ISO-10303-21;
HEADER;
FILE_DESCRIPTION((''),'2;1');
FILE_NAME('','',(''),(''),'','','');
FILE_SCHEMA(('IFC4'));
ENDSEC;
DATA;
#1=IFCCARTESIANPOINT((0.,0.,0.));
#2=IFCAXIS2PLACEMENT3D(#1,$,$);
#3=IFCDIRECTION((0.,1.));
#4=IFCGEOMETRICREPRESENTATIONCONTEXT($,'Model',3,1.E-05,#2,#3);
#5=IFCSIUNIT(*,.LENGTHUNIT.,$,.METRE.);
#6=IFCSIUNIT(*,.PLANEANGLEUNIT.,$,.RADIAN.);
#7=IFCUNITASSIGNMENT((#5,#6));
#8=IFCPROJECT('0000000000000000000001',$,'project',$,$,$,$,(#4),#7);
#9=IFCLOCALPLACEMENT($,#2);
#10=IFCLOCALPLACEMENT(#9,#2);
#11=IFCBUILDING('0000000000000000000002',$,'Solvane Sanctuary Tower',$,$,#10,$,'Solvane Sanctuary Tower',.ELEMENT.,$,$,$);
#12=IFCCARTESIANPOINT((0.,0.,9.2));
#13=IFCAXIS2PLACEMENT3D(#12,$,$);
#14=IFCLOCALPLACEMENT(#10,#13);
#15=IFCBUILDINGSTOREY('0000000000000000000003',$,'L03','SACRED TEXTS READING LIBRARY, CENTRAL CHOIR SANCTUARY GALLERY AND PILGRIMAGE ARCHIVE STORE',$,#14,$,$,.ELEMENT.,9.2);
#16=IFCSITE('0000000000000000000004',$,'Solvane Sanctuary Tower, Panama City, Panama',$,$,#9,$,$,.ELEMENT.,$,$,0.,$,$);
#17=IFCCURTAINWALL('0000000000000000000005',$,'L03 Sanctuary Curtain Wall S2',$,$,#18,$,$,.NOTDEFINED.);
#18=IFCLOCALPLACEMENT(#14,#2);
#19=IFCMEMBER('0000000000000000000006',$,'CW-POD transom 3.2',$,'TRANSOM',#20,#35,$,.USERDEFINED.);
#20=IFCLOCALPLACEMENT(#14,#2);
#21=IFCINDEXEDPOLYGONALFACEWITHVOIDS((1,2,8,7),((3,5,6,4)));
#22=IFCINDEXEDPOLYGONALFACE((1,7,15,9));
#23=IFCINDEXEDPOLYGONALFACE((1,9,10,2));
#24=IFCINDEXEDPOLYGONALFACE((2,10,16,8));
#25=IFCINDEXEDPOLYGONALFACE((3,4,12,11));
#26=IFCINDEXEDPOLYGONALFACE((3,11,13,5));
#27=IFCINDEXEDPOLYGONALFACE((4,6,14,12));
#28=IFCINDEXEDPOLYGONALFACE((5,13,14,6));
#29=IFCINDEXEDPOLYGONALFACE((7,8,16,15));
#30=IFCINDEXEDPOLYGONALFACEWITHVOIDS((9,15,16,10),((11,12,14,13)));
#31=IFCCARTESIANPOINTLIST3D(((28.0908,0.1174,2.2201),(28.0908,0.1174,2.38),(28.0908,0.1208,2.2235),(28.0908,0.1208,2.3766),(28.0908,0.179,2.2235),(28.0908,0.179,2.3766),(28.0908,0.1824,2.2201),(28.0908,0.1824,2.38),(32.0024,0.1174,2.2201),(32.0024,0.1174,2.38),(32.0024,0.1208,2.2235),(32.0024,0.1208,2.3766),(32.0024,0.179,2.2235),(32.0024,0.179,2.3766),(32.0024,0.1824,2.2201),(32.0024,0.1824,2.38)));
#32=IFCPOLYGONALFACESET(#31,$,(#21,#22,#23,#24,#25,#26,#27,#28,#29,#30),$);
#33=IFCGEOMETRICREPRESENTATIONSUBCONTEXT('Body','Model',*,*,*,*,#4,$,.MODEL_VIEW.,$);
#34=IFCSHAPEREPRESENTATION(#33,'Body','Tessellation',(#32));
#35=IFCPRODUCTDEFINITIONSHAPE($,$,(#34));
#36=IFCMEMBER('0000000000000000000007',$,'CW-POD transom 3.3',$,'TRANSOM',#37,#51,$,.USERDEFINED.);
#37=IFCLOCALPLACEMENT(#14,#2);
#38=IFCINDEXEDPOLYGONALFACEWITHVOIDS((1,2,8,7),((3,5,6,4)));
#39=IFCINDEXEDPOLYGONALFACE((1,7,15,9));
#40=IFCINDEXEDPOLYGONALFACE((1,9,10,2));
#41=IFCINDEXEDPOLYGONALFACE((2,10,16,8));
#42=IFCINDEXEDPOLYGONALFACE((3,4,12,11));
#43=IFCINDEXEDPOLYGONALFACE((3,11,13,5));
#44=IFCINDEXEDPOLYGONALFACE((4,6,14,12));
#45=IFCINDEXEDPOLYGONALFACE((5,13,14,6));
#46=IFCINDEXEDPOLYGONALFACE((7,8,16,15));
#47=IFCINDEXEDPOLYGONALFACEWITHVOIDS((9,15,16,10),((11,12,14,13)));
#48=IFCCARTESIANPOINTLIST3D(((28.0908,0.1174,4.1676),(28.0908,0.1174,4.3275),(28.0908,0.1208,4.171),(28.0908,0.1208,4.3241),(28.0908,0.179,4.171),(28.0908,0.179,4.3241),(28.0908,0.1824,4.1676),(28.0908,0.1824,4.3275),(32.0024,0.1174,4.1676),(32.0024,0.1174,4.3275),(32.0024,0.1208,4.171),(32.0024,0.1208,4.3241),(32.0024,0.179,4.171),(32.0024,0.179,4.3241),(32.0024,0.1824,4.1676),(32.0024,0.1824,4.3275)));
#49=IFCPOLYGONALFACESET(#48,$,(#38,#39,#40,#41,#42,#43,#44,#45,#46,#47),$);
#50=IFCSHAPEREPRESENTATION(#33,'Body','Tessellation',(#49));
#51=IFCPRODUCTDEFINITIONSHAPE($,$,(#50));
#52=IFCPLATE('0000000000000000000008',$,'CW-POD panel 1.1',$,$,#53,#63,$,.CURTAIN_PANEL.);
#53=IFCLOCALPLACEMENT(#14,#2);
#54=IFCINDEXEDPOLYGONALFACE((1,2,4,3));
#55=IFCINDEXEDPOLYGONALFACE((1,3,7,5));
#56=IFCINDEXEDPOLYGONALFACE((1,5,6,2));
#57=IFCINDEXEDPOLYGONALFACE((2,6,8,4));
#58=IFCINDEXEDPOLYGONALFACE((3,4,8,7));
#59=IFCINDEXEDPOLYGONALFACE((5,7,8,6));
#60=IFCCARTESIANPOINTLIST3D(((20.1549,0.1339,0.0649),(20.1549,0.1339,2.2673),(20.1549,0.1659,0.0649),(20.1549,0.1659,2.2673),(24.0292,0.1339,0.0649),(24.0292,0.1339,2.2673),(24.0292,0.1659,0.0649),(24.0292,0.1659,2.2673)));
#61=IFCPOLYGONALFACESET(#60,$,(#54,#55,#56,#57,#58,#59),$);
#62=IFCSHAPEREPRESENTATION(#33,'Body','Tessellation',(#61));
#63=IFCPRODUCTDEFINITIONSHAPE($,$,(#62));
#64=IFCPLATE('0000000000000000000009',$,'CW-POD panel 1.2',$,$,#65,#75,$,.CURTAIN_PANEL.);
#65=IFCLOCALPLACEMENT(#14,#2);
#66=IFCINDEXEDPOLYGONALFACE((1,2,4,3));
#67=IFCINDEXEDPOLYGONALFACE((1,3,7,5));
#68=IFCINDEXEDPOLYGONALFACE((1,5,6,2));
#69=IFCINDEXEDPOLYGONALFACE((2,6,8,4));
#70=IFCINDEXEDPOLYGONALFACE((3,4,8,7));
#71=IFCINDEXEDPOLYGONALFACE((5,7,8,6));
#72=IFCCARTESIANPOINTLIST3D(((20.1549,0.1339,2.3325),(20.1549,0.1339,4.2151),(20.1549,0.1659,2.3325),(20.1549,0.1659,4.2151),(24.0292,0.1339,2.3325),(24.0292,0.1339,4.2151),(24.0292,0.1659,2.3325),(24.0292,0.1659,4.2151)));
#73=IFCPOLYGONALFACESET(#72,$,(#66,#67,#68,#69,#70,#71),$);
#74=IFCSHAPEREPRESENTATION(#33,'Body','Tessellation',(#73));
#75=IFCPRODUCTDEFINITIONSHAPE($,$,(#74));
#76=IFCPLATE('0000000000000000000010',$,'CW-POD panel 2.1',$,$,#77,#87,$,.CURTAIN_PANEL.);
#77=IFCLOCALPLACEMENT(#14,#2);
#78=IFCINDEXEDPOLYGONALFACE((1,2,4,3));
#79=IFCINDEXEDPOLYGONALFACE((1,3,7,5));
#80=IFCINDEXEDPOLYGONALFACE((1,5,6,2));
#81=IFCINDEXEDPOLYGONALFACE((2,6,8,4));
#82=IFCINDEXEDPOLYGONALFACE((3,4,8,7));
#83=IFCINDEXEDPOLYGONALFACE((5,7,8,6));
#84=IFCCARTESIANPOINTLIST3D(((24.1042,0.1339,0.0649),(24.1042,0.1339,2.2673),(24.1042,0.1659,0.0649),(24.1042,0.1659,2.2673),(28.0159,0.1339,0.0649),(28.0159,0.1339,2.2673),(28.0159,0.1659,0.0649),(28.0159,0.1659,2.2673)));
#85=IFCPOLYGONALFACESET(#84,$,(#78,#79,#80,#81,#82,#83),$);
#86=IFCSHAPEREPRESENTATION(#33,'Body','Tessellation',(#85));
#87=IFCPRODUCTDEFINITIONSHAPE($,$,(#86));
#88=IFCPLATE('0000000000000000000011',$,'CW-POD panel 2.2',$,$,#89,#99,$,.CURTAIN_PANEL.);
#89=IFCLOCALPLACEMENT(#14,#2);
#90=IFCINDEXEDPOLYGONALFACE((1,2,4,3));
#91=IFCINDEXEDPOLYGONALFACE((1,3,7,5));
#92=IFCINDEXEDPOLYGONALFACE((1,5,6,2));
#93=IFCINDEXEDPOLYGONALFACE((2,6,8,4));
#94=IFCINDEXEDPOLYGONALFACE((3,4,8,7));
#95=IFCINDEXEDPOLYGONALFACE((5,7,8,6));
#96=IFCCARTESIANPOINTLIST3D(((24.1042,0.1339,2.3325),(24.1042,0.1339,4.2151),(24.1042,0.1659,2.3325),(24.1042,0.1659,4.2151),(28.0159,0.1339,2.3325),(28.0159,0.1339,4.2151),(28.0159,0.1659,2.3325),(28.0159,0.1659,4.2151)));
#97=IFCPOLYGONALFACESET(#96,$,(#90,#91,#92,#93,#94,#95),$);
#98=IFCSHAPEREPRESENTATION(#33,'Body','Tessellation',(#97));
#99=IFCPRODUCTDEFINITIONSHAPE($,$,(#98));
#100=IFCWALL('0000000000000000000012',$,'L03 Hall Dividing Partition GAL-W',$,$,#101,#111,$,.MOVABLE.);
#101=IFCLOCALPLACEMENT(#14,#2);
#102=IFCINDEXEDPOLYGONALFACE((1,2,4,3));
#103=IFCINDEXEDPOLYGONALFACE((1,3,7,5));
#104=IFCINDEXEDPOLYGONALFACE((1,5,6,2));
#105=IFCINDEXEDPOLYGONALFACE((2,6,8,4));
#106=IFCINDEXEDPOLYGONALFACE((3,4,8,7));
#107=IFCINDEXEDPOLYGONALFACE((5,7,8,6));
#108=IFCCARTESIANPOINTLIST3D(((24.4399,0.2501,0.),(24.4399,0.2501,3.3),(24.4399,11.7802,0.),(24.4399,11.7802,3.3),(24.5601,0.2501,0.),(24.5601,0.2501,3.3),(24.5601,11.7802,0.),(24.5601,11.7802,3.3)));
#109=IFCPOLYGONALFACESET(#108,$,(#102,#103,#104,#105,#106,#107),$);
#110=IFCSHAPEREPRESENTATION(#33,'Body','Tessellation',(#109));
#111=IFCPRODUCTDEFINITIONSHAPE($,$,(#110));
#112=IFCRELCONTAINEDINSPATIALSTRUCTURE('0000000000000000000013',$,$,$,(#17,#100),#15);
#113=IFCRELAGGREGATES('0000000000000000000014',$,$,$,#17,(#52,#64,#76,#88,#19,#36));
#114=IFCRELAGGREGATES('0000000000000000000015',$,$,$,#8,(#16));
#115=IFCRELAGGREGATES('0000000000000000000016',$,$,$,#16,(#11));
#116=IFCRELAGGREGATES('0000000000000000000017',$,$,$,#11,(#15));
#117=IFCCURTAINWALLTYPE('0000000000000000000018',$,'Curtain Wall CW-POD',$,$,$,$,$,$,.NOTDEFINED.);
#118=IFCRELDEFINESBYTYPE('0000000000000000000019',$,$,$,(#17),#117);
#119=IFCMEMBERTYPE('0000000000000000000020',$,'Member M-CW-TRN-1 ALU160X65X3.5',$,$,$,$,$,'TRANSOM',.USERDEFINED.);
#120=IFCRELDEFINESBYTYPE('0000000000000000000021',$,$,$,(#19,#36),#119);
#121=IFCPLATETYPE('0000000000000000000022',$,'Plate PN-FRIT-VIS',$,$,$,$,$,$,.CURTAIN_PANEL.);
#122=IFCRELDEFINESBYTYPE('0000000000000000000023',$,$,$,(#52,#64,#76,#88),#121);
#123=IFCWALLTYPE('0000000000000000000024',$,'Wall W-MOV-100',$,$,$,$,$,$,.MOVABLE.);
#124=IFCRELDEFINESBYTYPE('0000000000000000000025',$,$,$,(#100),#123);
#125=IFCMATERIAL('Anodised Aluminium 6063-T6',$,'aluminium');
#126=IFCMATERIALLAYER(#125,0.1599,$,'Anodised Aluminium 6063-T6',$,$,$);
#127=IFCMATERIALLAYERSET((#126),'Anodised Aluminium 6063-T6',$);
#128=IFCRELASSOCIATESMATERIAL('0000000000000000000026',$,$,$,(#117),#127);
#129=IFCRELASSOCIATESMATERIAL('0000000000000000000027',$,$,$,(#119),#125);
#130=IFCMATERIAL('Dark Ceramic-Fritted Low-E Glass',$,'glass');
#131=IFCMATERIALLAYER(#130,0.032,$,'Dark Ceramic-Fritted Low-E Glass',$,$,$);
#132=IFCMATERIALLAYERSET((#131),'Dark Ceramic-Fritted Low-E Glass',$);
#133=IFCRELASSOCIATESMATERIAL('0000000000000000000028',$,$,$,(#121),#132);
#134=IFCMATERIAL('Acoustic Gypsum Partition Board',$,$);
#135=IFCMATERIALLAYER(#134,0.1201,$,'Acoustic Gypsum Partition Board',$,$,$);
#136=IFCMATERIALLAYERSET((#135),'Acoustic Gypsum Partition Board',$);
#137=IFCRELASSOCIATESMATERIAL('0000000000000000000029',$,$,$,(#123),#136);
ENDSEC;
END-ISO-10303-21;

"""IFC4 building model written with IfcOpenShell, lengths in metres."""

from ifc_helpers import new_model, si_unit, direction, frame, frame_2d, origin, origin_2d, place, context, subcontext, project, spatial, rectangle, hollow_rectangle, extrude, material, layer, layer_set, material_profile, profile_set, type_object, element, aggregate, save


model = new_model("IFC4")

# Units and contexts
model_context = context("Model", 3, precision=1e-05, world=origin(), true_north=direction((0.0, 1.0)))
body_context = subcontext(model_context, "Body", "Model", "MODEL_VIEW")
ifc_project = project(units=[si_unit("LENGTHUNIT", "METRE"), si_unit("PLANEANGLEUNIT", "RADIAN")], contexts=[model_context])

# Site, building, storey
site_placement = place(None, origin())
site = spatial("IfcSite", under=ifc_project, at=site_placement, Name="Solvane Sanctuary Tower, Panama City, Panama", CompositionType="ELEMENT", RefElevation=0.0)
building_placement = place(site_placement, origin())
building = spatial("IfcBuilding", under=site, at=building_placement, Name="Solvane Sanctuary Tower", LongName="Solvane Sanctuary Tower", CompositionType="ELEMENT")
storey_placement = place(building_placement, frame((0.0, 0.0, 9.2)))
storey = spatial("IfcBuildingStorey", under=building, at=storey_placement, Name="L03", Description="SACRED TEXTS READING LIBRARY, CENTRAL CHOIR SANCTUARY GALLERY AND PILGRIMAGE ARCHIVE STORE", CompositionType="ELEMENT", Elevation=9.2)

# Curtain wall, members, plates
ifc_material_1 = material(Name="Anodised Aluminium 6063-T6", Category="aluminium")
ifc_layer_1 = layer(ifc_material_1, 0.1599, Name="Anodised Aluminium 6063-T6")
ifc_layer_set_1 = layer_set([ifc_layer_1], Name="Anodised Aluminium 6063-T6")
curtain_wall_type = type_object("IfcCurtainWallType", Name="Curtain Wall CW-POD", PredefinedType="NOTDEFINED", material=ifc_layer_set_1)
curtain_wall_placement = place(storey_placement, origin())
curtain_wall = element("IfcCurtainWall", 1, at=curtain_wall_placement, inside=storey, type_object=curtain_wall_type, Name="L03 Sanctuary Curtain Wall S2", PredefinedType="NOTDEFINED")
ifc_material_profile_1 = material_profile(ifc_material_1, hollow_rectangle(XDim=0.0649, YDim=0.1599, WallThickness=0.0034, at=origin_2d()), Name="ALU160X65X3.5")
ifc_profile_set_1 = profile_set([ifc_material_profile_1], Name="Anodised Aluminium 6063-T6")
member_type_1 = type_object("IfcMemberType", Name="Member M-CW-TRN-1 ALU160X65X3.5", ElementType="TRANSOM", PredefinedType="USERDEFINED", material=ifc_profile_set_1)
member_1_placement = place(storey_placement, frame((28.0908, 0.1499, 2.3), z_axis=(1.0, 0.0, 0.0), x_axis=(0.0, 1.0, 0.0)))
member_1 = element("IfcMember", 2, at=member_1_placement, type_object=member_type_1, Name="CW-POD transom 3.2", ObjectType="TRANSOM", PredefinedType="USERDEFINED", context=body_context, shape_type="SweptSolid", body=[
    extrude(hollow_rectangle(XDim=0.0649, YDim=0.1599, WallThickness=0.0034, at=origin_2d()), origin(), (0.0, 0.0, 1.0), 3.9116),
])
member_2_placement = place(storey_placement, frame((28.0908, 0.1499, 4.2476), z_axis=(1.0, 0.0, 0.0), x_axis=(0.0, 1.0, 0.0)))
member_2 = element("IfcMember", 3, at=member_2_placement, type_object=member_type_1, Name="CW-POD transom 3.3", ObjectType="TRANSOM", PredefinedType="USERDEFINED", context=body_context, shape_type="SweptSolid", body=[
    extrude(hollow_rectangle(XDim=0.0649, YDim=0.1599, WallThickness=0.0034, at=origin_2d()), origin(), (0.0, 0.0, 1.0), 3.9116),
])
ifc_material_2 = material(Name="Dark Ceramic-Fritted Low-E Glass", Category="glass")
ifc_layer_2 = layer(ifc_material_2, 0.032, Name="Dark Ceramic-Fritted Low-E Glass")
ifc_layer_set_2 = layer_set([ifc_layer_2], Name="Dark Ceramic-Fritted Low-E Glass")
plate_type = type_object("IfcPlateType", Name="Plate PN-FRIT-VIS", PredefinedType="CURTAIN_PANEL", material=ifc_layer_set_2)
plate_1_placement = place(storey_placement, frame((22.092, 0.1499, 0.0649), z_axis=(0.0, 0.0, 1.0), x_axis=(1.0, 0.0, 0.0)))
plate_1 = element("IfcPlate", 4, at=plate_1_placement, type_object=plate_type, Name="CW-POD panel 1.1", PredefinedType="CURTAIN_PANEL", context=body_context, shape_type="SweptSolid", body=[
    extrude(rectangle(XDim=3.8743, YDim=0.032, at=origin_2d()), origin(), (0.0, 0.0, 1.0), 2.2024),
])
plate_2_placement = place(storey_placement, frame((22.092, 0.1499, 2.3325), z_axis=(0.0, 0.0, 1.0), x_axis=(1.0, 0.0, 0.0)))
plate_2 = element("IfcPlate", 5, at=plate_2_placement, type_object=plate_type, Name="CW-POD panel 1.2", PredefinedType="CURTAIN_PANEL", context=body_context, shape_type="SweptSolid", body=[
    extrude(rectangle(XDim=3.8743, YDim=0.032, at=origin_2d()), origin(), (0.0, 0.0, 1.0), 1.8826),
])
plate_3_placement = place(storey_placement, frame((26.0601, 0.1499, 0.0649), z_axis=(0.0, 0.0, 1.0), x_axis=(1.0, 0.0, 0.0)))
plate_3 = element("IfcPlate", 6, at=plate_3_placement, type_object=plate_type, Name="CW-POD panel 2.1", PredefinedType="CURTAIN_PANEL", context=body_context, shape_type="SweptSolid", body=[
    extrude(rectangle(XDim=3.9116, YDim=0.032, at=origin_2d()), origin(), (0.0, 0.0, 1.0), 2.2024),
])
plate_4_placement = place(storey_placement, frame((26.0601, 0.1499, 2.3325), z_axis=(0.0, 0.0, 1.0), x_axis=(1.0, 0.0, 0.0)))
plate_4 = element("IfcPlate", 7, at=plate_4_placement, type_object=plate_type, Name="CW-POD panel 2.2", PredefinedType="CURTAIN_PANEL", context=body_context, shape_type="SweptSolid", body=[
    extrude(rectangle(XDim=3.9116, YDim=0.032, at=origin_2d()), origin(), (0.0, 0.0, 1.0), 1.8826),
])
aggregate(curtain_wall, [plate_1, plate_2, plate_3, plate_4, member_1, member_2])

# Wall
ifc_material_3 = material(Name="Acoustic Gypsum Partition Board")
ifc_layer_3 = layer(ifc_material_3, 0.1201, Name="Acoustic Gypsum Partition Board")
ifc_layer_set_3 = layer_set([ifc_layer_3], Name="Acoustic Gypsum Partition Board")
wall_type = type_object("IfcWallType", Name="Wall W-MOV-100", PredefinedType="MOVABLE", material=ifc_layer_set_3)
wall_placement = place(storey_placement, frame((24.5, 0.25, 0.0), z_axis=(0.0, 0.0, 1.0), x_axis=(0.0, 1.0, 0.0)))
element("IfcWall", 8, at=wall_placement, inside=storey, type_object=wall_type, Name="L03 Hall Dividing Partition GAL-W", PredefinedType="MOVABLE", context=body_context, shape_type="SweptSolid", body=[
    extrude(rectangle(XDim=11.53, YDim=0.1201, at=frame_2d((5.7651, 0.0))), origin(), (0.0, 0.0, 1.0), 3.3),
])

save(model, "model.ifc")
